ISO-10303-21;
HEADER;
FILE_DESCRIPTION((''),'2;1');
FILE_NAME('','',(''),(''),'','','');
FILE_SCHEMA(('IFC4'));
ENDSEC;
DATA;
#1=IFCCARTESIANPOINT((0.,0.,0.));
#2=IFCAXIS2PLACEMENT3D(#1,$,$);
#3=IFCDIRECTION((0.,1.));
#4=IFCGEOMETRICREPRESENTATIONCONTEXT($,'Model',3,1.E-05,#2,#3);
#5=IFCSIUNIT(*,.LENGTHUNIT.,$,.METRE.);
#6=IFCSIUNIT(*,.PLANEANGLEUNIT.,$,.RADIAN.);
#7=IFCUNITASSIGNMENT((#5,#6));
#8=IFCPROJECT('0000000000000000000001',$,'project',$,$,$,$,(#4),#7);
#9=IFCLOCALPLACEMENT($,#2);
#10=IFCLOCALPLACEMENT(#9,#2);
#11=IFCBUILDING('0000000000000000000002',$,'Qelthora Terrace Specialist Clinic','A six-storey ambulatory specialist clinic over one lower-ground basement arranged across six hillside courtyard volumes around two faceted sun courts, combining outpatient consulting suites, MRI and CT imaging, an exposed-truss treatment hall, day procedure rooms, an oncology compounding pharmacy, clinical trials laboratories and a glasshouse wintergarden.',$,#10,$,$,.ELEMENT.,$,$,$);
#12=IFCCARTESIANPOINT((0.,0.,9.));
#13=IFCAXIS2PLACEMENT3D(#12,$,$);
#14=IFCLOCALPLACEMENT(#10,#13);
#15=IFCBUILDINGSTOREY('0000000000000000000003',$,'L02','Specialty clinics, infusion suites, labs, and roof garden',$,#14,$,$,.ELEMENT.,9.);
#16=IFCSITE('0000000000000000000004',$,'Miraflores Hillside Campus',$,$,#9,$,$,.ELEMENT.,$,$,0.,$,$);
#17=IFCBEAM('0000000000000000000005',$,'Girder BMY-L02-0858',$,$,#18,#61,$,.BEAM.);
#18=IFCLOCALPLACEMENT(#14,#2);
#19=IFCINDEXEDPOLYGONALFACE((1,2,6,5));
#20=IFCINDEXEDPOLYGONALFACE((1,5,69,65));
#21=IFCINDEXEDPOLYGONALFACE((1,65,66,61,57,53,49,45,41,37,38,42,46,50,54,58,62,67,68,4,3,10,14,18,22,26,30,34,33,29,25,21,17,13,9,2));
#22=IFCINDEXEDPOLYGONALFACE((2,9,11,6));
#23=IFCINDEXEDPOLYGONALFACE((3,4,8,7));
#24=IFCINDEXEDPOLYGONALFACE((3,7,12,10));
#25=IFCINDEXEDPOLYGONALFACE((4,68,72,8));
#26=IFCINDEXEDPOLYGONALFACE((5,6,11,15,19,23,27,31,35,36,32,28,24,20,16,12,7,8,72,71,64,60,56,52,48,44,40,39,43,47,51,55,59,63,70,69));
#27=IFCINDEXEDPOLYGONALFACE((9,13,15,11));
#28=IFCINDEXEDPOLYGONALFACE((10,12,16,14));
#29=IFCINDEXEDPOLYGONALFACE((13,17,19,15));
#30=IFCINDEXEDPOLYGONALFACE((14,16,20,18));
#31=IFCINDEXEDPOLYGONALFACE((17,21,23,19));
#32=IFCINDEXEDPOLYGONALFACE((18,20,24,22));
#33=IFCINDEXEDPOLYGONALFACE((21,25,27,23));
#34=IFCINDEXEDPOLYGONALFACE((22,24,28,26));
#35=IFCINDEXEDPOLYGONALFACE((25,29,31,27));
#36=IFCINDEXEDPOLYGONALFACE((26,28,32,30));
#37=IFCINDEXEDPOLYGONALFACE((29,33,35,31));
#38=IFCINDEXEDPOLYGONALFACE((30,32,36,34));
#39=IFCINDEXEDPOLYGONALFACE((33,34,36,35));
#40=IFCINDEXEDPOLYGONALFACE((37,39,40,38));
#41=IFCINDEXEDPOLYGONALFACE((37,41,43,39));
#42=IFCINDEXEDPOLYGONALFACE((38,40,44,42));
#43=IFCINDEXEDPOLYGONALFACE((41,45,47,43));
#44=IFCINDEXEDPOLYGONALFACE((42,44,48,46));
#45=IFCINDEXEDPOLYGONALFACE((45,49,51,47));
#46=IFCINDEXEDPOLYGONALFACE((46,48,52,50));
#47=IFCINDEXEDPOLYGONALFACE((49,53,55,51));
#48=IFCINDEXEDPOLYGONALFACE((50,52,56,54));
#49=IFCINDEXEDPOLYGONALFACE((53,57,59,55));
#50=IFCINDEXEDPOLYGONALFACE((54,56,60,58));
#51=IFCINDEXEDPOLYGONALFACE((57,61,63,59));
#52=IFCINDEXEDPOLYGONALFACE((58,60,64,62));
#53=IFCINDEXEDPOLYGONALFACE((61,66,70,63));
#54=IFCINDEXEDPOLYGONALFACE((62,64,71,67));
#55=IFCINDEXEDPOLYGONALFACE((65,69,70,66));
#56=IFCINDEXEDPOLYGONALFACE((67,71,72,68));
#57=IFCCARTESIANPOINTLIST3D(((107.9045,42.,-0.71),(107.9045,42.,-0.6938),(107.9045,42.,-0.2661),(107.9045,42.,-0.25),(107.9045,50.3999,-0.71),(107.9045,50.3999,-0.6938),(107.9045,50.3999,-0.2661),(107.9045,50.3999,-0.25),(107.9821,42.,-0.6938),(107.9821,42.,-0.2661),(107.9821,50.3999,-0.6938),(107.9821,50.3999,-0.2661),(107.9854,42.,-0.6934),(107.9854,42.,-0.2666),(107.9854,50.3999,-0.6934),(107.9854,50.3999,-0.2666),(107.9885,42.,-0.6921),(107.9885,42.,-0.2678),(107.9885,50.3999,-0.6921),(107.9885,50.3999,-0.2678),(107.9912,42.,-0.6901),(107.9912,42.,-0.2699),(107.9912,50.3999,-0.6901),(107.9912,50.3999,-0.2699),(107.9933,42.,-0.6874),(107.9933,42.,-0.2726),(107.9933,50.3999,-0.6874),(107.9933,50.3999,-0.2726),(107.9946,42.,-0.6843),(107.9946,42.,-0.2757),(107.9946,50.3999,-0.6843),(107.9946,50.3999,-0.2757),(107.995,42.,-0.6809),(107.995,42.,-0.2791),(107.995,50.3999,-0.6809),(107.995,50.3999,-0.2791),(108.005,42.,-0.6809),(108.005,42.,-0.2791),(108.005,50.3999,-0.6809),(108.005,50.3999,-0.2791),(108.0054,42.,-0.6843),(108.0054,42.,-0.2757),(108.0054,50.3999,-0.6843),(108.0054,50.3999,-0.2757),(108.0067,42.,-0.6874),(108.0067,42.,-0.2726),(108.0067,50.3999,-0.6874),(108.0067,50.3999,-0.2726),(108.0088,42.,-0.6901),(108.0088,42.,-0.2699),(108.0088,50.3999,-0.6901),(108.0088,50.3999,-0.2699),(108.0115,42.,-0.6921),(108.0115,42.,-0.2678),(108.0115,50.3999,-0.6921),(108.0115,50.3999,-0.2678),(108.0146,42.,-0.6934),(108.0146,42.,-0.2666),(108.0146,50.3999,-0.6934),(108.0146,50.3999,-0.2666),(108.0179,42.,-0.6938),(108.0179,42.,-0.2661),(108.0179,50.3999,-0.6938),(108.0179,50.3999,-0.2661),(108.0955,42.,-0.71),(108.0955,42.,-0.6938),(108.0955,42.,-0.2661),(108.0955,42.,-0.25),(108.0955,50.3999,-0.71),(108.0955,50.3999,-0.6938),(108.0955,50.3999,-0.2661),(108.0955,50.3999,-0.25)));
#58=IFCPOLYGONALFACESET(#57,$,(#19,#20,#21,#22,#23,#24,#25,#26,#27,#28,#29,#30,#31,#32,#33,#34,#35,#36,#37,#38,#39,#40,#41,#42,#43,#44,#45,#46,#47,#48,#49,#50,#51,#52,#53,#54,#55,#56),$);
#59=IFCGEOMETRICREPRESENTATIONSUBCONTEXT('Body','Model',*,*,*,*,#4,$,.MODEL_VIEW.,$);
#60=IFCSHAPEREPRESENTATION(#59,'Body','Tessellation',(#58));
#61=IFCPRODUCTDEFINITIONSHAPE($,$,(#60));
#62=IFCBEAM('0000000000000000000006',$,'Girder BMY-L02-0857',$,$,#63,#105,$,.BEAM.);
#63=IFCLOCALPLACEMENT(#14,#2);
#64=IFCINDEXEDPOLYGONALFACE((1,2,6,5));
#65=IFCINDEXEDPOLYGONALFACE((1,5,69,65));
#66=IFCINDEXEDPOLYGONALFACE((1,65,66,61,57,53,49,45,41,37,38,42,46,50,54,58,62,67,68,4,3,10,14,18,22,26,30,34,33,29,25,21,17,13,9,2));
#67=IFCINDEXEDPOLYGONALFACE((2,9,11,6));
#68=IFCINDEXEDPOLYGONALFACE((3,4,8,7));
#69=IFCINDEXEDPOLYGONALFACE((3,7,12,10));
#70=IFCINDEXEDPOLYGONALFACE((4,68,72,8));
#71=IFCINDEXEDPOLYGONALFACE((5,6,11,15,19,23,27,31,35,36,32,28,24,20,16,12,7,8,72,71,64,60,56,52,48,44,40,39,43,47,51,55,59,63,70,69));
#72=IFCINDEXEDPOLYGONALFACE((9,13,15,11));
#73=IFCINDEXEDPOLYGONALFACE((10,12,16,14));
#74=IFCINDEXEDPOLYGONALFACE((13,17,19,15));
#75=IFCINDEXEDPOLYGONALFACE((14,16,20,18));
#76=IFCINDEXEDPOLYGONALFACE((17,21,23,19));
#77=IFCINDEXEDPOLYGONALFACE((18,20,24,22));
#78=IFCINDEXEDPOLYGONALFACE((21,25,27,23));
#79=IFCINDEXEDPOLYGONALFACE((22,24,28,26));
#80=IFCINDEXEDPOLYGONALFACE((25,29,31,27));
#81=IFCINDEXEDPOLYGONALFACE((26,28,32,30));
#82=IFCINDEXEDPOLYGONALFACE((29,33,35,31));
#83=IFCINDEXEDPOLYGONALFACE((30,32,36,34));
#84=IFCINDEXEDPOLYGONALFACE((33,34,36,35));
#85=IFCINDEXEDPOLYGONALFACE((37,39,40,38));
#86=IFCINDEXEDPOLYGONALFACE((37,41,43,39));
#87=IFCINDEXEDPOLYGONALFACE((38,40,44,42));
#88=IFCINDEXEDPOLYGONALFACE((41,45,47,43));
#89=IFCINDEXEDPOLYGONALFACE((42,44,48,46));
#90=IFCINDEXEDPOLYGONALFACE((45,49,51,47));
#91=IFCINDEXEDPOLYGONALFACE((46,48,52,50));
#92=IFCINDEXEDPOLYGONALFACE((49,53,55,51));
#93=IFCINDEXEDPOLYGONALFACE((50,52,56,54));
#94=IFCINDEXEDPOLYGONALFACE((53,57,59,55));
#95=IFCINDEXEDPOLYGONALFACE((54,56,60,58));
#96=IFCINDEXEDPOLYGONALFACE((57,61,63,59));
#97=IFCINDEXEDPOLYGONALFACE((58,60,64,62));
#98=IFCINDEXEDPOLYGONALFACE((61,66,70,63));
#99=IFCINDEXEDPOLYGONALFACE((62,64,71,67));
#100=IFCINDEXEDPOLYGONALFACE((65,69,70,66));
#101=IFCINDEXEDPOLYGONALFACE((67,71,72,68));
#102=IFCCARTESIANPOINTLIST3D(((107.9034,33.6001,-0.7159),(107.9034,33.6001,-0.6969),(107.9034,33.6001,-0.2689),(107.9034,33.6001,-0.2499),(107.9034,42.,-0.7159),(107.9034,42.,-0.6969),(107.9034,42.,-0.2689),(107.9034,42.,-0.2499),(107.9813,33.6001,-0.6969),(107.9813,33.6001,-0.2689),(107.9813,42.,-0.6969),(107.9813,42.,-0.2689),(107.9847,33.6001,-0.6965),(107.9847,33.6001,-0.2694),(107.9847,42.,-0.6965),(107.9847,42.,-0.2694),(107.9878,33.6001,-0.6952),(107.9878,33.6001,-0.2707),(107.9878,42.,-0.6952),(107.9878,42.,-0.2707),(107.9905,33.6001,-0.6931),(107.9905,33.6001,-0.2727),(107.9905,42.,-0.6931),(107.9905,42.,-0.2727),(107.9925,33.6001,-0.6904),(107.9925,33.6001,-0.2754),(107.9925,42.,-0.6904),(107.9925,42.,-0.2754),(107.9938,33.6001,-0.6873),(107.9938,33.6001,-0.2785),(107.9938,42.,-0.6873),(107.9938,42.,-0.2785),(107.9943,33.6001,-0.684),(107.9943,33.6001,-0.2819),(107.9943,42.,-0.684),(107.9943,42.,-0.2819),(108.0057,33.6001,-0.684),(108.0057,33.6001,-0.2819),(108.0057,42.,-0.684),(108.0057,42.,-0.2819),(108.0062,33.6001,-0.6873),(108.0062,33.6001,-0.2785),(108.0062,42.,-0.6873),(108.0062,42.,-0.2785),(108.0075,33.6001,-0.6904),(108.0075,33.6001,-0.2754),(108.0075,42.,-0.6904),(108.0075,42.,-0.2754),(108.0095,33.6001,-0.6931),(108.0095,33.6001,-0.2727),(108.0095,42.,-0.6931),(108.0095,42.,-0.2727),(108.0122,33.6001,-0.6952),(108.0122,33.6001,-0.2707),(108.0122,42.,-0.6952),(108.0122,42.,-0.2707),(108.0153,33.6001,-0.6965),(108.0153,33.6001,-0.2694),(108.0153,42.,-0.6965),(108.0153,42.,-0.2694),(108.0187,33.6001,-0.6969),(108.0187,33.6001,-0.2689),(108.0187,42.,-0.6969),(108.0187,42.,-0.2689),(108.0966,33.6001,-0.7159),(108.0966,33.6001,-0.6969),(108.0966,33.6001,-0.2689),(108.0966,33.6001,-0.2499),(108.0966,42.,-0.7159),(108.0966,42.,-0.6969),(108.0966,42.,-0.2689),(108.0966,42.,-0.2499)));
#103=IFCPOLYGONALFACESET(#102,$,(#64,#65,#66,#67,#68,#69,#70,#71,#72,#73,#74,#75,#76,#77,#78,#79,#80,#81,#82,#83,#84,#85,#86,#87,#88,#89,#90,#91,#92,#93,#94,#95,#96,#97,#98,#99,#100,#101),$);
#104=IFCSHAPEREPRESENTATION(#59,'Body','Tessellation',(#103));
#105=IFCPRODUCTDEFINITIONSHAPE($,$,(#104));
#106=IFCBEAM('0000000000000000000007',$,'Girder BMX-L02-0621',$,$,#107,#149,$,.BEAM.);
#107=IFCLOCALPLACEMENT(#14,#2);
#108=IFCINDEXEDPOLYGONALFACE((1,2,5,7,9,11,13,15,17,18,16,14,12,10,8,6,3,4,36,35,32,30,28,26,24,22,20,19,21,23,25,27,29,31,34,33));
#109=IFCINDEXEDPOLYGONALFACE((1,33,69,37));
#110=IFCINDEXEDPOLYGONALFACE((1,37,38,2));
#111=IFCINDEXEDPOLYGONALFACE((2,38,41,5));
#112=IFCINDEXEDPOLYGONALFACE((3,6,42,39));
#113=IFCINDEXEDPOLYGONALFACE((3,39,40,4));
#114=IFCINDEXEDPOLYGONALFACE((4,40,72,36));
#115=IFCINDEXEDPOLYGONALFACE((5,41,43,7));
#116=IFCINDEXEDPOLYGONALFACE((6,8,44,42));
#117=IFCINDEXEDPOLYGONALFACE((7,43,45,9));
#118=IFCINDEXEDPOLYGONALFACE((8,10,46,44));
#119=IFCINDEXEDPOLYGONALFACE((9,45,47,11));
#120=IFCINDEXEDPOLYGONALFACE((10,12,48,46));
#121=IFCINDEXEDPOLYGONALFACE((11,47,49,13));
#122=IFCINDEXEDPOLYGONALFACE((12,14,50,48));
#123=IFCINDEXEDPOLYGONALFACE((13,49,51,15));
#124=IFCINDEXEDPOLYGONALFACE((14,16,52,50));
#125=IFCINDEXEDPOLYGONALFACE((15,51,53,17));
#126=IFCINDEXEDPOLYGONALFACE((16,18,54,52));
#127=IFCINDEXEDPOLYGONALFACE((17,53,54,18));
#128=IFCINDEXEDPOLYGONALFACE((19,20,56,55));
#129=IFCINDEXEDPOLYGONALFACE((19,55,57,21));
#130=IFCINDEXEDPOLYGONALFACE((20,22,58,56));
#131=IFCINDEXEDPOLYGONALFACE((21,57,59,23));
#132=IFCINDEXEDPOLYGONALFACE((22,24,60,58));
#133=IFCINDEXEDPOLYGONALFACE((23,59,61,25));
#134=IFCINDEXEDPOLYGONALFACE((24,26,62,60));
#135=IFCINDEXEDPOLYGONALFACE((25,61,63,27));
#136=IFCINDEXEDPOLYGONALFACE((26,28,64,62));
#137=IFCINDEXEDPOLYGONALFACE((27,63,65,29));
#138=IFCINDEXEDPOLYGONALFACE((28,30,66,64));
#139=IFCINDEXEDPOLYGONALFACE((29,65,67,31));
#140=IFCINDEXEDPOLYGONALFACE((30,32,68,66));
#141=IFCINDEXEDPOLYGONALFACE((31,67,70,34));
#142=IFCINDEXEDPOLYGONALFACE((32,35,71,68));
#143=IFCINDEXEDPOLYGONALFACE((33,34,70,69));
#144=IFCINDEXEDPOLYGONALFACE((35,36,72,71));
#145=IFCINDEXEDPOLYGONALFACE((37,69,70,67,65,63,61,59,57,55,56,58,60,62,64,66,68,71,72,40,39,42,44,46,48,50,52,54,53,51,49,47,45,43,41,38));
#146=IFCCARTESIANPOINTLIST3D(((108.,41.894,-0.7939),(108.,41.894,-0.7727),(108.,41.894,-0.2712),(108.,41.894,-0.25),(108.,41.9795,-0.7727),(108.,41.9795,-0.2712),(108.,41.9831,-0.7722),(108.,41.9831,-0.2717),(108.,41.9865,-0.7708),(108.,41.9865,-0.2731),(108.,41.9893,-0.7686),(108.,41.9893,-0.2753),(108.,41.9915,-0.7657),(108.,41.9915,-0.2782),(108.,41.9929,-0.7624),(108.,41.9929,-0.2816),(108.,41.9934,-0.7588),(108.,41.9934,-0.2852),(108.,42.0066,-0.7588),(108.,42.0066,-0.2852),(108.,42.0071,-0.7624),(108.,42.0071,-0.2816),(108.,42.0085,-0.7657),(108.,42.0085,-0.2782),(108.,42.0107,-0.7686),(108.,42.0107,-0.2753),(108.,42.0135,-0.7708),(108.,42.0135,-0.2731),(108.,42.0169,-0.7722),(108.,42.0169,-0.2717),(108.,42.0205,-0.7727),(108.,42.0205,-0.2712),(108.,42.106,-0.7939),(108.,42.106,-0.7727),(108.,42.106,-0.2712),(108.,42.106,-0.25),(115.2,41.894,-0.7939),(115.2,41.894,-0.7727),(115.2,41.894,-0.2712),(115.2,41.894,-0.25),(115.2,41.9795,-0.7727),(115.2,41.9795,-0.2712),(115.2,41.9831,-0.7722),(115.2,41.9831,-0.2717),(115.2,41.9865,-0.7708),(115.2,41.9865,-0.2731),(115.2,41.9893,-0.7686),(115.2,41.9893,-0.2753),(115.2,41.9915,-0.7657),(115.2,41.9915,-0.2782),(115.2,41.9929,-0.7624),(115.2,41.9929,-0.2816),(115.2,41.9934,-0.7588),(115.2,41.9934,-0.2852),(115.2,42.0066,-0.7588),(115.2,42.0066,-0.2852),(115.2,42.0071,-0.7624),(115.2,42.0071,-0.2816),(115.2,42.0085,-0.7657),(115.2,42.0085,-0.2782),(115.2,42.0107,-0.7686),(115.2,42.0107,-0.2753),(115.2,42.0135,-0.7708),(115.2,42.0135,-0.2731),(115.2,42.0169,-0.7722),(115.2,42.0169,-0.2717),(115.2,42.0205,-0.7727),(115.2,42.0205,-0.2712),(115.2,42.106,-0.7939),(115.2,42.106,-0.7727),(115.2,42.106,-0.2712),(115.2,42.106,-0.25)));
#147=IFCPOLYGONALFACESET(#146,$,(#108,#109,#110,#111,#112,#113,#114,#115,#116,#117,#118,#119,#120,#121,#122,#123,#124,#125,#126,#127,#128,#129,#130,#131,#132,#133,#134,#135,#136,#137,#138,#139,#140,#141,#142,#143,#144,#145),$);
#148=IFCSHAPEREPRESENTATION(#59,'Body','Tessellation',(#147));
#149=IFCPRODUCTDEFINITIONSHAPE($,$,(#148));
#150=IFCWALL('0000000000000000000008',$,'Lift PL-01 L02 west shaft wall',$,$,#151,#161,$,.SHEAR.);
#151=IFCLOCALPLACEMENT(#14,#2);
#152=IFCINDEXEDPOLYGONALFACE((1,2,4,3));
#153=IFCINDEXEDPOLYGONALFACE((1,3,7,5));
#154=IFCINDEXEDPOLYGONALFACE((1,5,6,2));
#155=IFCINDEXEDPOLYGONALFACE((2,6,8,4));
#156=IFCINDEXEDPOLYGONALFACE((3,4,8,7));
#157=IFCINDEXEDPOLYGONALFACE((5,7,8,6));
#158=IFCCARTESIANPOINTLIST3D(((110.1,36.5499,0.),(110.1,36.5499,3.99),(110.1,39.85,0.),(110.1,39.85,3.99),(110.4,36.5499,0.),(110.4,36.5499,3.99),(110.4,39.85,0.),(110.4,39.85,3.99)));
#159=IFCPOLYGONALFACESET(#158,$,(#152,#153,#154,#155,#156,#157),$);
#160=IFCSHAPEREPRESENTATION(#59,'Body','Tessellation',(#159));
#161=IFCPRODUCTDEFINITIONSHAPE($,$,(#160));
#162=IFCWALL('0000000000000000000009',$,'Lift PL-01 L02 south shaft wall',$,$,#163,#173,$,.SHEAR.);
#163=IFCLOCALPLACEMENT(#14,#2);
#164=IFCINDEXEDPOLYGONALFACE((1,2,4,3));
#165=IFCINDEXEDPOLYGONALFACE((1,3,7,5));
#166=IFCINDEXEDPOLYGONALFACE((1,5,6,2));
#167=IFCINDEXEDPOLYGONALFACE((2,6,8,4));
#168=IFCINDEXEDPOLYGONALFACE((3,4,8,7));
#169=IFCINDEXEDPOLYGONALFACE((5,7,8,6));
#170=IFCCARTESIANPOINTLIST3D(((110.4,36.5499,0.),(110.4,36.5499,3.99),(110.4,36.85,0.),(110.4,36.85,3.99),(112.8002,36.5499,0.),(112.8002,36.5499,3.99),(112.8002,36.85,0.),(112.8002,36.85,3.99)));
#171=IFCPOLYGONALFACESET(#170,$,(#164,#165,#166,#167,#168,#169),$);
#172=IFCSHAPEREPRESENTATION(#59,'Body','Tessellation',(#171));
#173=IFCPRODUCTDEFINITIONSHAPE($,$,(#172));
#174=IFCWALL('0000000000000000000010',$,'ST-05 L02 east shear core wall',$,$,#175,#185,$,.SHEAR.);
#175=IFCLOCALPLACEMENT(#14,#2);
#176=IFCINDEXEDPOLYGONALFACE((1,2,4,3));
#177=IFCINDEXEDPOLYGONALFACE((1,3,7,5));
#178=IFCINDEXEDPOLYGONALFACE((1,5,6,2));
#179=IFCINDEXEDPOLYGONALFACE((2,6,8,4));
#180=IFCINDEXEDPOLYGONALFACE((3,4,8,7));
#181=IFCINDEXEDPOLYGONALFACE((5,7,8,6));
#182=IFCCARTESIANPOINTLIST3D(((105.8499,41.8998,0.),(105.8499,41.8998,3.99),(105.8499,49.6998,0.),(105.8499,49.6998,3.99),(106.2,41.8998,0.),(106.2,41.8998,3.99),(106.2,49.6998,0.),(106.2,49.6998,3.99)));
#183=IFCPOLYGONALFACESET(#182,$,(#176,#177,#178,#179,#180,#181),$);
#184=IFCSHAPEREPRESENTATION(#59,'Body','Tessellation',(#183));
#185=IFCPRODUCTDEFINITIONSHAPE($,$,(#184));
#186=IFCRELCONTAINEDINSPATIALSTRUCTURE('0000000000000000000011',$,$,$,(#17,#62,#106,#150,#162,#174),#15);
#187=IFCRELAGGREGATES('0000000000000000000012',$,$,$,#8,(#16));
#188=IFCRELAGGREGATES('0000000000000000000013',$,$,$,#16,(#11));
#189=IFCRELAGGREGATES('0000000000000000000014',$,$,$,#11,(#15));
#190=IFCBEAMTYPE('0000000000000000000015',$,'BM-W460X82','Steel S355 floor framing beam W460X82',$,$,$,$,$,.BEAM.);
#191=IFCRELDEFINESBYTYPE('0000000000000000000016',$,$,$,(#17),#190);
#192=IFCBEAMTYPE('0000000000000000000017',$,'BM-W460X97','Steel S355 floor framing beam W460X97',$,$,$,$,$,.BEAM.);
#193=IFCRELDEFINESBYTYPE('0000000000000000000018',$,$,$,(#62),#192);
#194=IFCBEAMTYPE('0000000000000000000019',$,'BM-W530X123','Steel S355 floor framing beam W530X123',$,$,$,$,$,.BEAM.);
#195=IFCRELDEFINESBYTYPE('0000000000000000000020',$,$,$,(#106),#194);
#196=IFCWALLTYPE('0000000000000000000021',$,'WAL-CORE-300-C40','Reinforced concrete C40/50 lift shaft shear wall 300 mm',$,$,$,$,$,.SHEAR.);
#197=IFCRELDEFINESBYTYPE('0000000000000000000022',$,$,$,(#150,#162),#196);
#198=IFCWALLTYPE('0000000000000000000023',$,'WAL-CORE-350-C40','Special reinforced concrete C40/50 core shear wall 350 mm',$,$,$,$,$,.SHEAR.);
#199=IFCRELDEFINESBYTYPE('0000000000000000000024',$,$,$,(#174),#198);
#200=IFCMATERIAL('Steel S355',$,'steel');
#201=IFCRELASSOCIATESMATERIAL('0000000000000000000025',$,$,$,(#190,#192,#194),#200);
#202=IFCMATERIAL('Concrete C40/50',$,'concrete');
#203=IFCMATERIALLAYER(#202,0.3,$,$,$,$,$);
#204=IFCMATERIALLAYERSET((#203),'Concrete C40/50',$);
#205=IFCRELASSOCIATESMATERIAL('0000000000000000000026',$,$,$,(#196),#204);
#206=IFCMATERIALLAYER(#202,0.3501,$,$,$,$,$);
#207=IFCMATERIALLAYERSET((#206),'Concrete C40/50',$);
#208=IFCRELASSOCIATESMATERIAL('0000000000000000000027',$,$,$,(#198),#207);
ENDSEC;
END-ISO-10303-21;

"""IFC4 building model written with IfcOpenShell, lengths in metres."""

from ifc_helpers import new_model, si_unit, direction, frame, frame_2d, origin, origin_2d, place, context, subcontext, project, spatial, rectangle, i_section, extrude, material, layer, layer_set, material_profile, profile_set, type_object, element, save


model = new_model("IFC4")

# Units and contexts
model_context = context("Model", 3, precision=1e-05, world=origin(), true_north=direction((0.0, 1.0)))
body_context = subcontext(model_context, "Body", "Model", "MODEL_VIEW")
ifc_project = project(units=[si_unit("LENGTHUNIT", "METRE"), si_unit("PLANEANGLEUNIT", "RADIAN")], contexts=[model_context])

# Site, building, storey
site_placement = place(None, origin())
site = spatial("IfcSite", under=ifc_project, at=site_placement, Name="Miraflores Hillside Campus", CompositionType="ELEMENT", RefElevation=0.0)
building_placement = place(site_placement, origin())
building = spatial("IfcBuilding", under=site, at=building_placement, Name="Qelthora Terrace Specialist Clinic", Description="A six-storey ambulatory specialist clinic over one lower-ground basement arranged across six hillside courtyard volumes around two faceted sun courts, combining outpatient consulting suites, MRI and CT imaging, an exposed-truss treatment hall, day procedure rooms, an oncology compounding pharmacy, clinical trials laboratories and a glasshouse wintergarden.", CompositionType="ELEMENT")
storey_placement = place(building_placement, frame((0.0, 0.0, 9.0)))
storey = spatial("IfcBuildingStorey", under=building, at=storey_placement, Name="L02", Description="Specialty clinics, infusion suites, labs, and roof garden", CompositionType="ELEMENT", Elevation=9.0)

# Shared definitions
ifc_material_1 = material(Name="Steel S355", Category="steel")

# Beams
ifc_material_profile_1 = material_profile(ifc_material_1, i_section(OverallWidth=0.1909, OverallDepth=0.46, WebThickness=0.01, FlangeThickness=0.0161, FilletRadius=0.0129, at=origin_2d()), Name="W460X82")
ifc_profile_set_1 = profile_set([ifc_material_profile_1], Name="Steel S355")
beam_type_1 = type_object("IfcBeamType", Name="BM-W460X82", Description="Steel S355 floor framing beam W460X82", PredefinedType="BEAM", material=ifc_profile_set_1)
beam_1_placement = place(storey_placement, frame((108.0, 42.0, -0.48), z_axis=(0.0, 1.0, 0.0), x_axis=(-1.0, 0.0, 0.0)))
element("IfcBeam", 1, at=beam_1_placement, inside=storey, type_object=beam_type_1, Name="Girder BMY-L02-0858", PredefinedType="BEAM", context=body_context, shape_type="SweptSolid", body=[
    extrude(i_section(OverallWidth=0.1909, OverallDepth=0.46, WebThickness=0.01, FlangeThickness=0.0161, FilletRadius=0.0129, at=origin_2d()), origin(), (0.0, 0.0, 1.0), 8.3999),
])
ifc_material_profile_2 = material_profile(ifc_material_1, i_section(OverallWidth=0.1931, OverallDepth=0.4661, WebThickness=0.0115, FlangeThickness=0.019, FilletRadius=0.0129, at=origin_2d()), Name="W460X97")
ifc_profile_set_2 = profile_set([ifc_material_profile_2], Name="Steel S355")
beam_type_2 = type_object("IfcBeamType", Name="BM-W460X97", Description="Steel S355 floor framing beam W460X97", PredefinedType="BEAM", material=ifc_profile_set_2)
beam_2_placement = place(storey_placement, frame((108.0, 33.6001, -0.4829), z_axis=(0.0, 1.0, 0.0), x_axis=(-1.0, 0.0, 0.0)))
element("IfcBeam", 2, at=beam_2_placement, inside=storey, type_object=beam_type_2, Name="Girder BMY-L02-0857", PredefinedType="BEAM", context=body_context, shape_type="SweptSolid", body=[
    extrude(i_section(OverallWidth=0.1931, OverallDepth=0.4661, WebThickness=0.0115, FlangeThickness=0.019, FilletRadius=0.0129, at=origin_2d()), origin(), (0.0, 0.0, 1.0), 8.3999),
])
ifc_material_profile_3 = material_profile(ifc_material_1, i_section(OverallWidth=0.2119, OverallDepth=0.5439, WebThickness=0.0132, FlangeThickness=0.0212, FilletRadius=0.0139, at=origin_2d()), Name="W530X123")
ifc_profile_set_3 = profile_set([ifc_material_profile_3], Name="Steel S355")
beam_type_3 = type_object("IfcBeamType", Name="BM-W530X123", Description="Steel S355 floor framing beam W530X123", PredefinedType="BEAM", material=ifc_profile_set_3)
beam_3_placement = place(storey_placement, frame((108.0, 42.0, -0.522), z_axis=(1.0, 0.0, 0.0), x_axis=(0.0, 1.0, 0.0)))
element("IfcBeam", 3, at=beam_3_placement, inside=storey, type_object=beam_type_3, Name="Girder BMX-L02-0621", PredefinedType="BEAM", context=body_context, shape_type="SweptSolid", body=[
    extrude(i_section(OverallWidth=0.2119, OverallDepth=0.5439, WebThickness=0.0132, FlangeThickness=0.0212, FilletRadius=0.0139, at=origin_2d()), origin(), (0.0, 0.0, 1.0), 7.2),
])

# Wall
ifc_material_2 = material(Name="Concrete C40/50", Category="concrete")
ifc_layer_1 = layer(ifc_material_2, 0.3)
ifc_layer_set_1 = layer_set([ifc_layer_1], Name="Concrete C40/50")
wall_type_1 = type_object("IfcWallType", Name="WAL-CORE-300-C40", Description="Reinforced concrete C40/50 lift shaft shear wall 300 mm", PredefinedType="SHEAR", material=ifc_layer_set_1)
wall_1_placement = place(storey_placement, frame((110.25, 36.55, 0.0), z_axis=(0.0, 0.0, 1.0), x_axis=(0.0, 1.0, 0.0)))
element("IfcWall", 4, at=wall_1_placement, inside=storey, type_object=wall_type_1, Name="Lift PL-01 L02 west shaft wall", PredefinedType="SHEAR", context=body_context, shape_type="SweptSolid", body=[
    extrude(rectangle(XDim=3.3, YDim=0.3, at=frame_2d((1.6499, 0.0))), origin(), (0.0, 0.0, 1.0), 3.99),
])

# Walls
wall_2_placement = place(storey_placement, frame((110.3999, 36.7, 0.0), z_axis=(0.0, 0.0, 1.0), x_axis=(1.0, 0.0, 0.0)))
element("IfcWall", 5, at=wall_2_placement, inside=storey, type_object=wall_type_1, Name="Lift PL-01 L02 south shaft wall", PredefinedType="SHEAR", context=body_context, shape_type="SweptSolid", body=[
    extrude(rectangle(XDim=2.4001, YDim=0.3, at=frame_2d((1.2002, 0.0))), origin(), (0.0, 0.0, 1.0), 3.99),
])
ifc_layer_2 = layer(ifc_material_2, 0.3501)
ifc_layer_set_2 = layer_set([ifc_layer_2], Name="Concrete C40/50")
wall_type_2 = type_object("IfcWallType", Name="WAL-CORE-350-C40", Description="Special reinforced concrete C40/50 core shear wall 350 mm", PredefinedType="SHEAR", material=ifc_layer_set_2)
wall_3_placement = place(storey_placement, frame((106.0249, 41.8999, 0.0), z_axis=(0.0, 0.0, 1.0), x_axis=(0.0, 1.0, 0.0)))
element("IfcWall", 6, at=wall_3_placement, inside=storey, type_object=wall_type_2, Name="ST-05 L02 east shear core wall", PredefinedType="SHEAR", context=body_context, shape_type="SweptSolid", body=[
    extrude(rectangle(XDim=7.8, YDim=0.3501, at=frame_2d((3.8999, 0.0))), origin(), (0.0, 0.0, 1.0), 3.99),
])

save(model, "model.ifc")
